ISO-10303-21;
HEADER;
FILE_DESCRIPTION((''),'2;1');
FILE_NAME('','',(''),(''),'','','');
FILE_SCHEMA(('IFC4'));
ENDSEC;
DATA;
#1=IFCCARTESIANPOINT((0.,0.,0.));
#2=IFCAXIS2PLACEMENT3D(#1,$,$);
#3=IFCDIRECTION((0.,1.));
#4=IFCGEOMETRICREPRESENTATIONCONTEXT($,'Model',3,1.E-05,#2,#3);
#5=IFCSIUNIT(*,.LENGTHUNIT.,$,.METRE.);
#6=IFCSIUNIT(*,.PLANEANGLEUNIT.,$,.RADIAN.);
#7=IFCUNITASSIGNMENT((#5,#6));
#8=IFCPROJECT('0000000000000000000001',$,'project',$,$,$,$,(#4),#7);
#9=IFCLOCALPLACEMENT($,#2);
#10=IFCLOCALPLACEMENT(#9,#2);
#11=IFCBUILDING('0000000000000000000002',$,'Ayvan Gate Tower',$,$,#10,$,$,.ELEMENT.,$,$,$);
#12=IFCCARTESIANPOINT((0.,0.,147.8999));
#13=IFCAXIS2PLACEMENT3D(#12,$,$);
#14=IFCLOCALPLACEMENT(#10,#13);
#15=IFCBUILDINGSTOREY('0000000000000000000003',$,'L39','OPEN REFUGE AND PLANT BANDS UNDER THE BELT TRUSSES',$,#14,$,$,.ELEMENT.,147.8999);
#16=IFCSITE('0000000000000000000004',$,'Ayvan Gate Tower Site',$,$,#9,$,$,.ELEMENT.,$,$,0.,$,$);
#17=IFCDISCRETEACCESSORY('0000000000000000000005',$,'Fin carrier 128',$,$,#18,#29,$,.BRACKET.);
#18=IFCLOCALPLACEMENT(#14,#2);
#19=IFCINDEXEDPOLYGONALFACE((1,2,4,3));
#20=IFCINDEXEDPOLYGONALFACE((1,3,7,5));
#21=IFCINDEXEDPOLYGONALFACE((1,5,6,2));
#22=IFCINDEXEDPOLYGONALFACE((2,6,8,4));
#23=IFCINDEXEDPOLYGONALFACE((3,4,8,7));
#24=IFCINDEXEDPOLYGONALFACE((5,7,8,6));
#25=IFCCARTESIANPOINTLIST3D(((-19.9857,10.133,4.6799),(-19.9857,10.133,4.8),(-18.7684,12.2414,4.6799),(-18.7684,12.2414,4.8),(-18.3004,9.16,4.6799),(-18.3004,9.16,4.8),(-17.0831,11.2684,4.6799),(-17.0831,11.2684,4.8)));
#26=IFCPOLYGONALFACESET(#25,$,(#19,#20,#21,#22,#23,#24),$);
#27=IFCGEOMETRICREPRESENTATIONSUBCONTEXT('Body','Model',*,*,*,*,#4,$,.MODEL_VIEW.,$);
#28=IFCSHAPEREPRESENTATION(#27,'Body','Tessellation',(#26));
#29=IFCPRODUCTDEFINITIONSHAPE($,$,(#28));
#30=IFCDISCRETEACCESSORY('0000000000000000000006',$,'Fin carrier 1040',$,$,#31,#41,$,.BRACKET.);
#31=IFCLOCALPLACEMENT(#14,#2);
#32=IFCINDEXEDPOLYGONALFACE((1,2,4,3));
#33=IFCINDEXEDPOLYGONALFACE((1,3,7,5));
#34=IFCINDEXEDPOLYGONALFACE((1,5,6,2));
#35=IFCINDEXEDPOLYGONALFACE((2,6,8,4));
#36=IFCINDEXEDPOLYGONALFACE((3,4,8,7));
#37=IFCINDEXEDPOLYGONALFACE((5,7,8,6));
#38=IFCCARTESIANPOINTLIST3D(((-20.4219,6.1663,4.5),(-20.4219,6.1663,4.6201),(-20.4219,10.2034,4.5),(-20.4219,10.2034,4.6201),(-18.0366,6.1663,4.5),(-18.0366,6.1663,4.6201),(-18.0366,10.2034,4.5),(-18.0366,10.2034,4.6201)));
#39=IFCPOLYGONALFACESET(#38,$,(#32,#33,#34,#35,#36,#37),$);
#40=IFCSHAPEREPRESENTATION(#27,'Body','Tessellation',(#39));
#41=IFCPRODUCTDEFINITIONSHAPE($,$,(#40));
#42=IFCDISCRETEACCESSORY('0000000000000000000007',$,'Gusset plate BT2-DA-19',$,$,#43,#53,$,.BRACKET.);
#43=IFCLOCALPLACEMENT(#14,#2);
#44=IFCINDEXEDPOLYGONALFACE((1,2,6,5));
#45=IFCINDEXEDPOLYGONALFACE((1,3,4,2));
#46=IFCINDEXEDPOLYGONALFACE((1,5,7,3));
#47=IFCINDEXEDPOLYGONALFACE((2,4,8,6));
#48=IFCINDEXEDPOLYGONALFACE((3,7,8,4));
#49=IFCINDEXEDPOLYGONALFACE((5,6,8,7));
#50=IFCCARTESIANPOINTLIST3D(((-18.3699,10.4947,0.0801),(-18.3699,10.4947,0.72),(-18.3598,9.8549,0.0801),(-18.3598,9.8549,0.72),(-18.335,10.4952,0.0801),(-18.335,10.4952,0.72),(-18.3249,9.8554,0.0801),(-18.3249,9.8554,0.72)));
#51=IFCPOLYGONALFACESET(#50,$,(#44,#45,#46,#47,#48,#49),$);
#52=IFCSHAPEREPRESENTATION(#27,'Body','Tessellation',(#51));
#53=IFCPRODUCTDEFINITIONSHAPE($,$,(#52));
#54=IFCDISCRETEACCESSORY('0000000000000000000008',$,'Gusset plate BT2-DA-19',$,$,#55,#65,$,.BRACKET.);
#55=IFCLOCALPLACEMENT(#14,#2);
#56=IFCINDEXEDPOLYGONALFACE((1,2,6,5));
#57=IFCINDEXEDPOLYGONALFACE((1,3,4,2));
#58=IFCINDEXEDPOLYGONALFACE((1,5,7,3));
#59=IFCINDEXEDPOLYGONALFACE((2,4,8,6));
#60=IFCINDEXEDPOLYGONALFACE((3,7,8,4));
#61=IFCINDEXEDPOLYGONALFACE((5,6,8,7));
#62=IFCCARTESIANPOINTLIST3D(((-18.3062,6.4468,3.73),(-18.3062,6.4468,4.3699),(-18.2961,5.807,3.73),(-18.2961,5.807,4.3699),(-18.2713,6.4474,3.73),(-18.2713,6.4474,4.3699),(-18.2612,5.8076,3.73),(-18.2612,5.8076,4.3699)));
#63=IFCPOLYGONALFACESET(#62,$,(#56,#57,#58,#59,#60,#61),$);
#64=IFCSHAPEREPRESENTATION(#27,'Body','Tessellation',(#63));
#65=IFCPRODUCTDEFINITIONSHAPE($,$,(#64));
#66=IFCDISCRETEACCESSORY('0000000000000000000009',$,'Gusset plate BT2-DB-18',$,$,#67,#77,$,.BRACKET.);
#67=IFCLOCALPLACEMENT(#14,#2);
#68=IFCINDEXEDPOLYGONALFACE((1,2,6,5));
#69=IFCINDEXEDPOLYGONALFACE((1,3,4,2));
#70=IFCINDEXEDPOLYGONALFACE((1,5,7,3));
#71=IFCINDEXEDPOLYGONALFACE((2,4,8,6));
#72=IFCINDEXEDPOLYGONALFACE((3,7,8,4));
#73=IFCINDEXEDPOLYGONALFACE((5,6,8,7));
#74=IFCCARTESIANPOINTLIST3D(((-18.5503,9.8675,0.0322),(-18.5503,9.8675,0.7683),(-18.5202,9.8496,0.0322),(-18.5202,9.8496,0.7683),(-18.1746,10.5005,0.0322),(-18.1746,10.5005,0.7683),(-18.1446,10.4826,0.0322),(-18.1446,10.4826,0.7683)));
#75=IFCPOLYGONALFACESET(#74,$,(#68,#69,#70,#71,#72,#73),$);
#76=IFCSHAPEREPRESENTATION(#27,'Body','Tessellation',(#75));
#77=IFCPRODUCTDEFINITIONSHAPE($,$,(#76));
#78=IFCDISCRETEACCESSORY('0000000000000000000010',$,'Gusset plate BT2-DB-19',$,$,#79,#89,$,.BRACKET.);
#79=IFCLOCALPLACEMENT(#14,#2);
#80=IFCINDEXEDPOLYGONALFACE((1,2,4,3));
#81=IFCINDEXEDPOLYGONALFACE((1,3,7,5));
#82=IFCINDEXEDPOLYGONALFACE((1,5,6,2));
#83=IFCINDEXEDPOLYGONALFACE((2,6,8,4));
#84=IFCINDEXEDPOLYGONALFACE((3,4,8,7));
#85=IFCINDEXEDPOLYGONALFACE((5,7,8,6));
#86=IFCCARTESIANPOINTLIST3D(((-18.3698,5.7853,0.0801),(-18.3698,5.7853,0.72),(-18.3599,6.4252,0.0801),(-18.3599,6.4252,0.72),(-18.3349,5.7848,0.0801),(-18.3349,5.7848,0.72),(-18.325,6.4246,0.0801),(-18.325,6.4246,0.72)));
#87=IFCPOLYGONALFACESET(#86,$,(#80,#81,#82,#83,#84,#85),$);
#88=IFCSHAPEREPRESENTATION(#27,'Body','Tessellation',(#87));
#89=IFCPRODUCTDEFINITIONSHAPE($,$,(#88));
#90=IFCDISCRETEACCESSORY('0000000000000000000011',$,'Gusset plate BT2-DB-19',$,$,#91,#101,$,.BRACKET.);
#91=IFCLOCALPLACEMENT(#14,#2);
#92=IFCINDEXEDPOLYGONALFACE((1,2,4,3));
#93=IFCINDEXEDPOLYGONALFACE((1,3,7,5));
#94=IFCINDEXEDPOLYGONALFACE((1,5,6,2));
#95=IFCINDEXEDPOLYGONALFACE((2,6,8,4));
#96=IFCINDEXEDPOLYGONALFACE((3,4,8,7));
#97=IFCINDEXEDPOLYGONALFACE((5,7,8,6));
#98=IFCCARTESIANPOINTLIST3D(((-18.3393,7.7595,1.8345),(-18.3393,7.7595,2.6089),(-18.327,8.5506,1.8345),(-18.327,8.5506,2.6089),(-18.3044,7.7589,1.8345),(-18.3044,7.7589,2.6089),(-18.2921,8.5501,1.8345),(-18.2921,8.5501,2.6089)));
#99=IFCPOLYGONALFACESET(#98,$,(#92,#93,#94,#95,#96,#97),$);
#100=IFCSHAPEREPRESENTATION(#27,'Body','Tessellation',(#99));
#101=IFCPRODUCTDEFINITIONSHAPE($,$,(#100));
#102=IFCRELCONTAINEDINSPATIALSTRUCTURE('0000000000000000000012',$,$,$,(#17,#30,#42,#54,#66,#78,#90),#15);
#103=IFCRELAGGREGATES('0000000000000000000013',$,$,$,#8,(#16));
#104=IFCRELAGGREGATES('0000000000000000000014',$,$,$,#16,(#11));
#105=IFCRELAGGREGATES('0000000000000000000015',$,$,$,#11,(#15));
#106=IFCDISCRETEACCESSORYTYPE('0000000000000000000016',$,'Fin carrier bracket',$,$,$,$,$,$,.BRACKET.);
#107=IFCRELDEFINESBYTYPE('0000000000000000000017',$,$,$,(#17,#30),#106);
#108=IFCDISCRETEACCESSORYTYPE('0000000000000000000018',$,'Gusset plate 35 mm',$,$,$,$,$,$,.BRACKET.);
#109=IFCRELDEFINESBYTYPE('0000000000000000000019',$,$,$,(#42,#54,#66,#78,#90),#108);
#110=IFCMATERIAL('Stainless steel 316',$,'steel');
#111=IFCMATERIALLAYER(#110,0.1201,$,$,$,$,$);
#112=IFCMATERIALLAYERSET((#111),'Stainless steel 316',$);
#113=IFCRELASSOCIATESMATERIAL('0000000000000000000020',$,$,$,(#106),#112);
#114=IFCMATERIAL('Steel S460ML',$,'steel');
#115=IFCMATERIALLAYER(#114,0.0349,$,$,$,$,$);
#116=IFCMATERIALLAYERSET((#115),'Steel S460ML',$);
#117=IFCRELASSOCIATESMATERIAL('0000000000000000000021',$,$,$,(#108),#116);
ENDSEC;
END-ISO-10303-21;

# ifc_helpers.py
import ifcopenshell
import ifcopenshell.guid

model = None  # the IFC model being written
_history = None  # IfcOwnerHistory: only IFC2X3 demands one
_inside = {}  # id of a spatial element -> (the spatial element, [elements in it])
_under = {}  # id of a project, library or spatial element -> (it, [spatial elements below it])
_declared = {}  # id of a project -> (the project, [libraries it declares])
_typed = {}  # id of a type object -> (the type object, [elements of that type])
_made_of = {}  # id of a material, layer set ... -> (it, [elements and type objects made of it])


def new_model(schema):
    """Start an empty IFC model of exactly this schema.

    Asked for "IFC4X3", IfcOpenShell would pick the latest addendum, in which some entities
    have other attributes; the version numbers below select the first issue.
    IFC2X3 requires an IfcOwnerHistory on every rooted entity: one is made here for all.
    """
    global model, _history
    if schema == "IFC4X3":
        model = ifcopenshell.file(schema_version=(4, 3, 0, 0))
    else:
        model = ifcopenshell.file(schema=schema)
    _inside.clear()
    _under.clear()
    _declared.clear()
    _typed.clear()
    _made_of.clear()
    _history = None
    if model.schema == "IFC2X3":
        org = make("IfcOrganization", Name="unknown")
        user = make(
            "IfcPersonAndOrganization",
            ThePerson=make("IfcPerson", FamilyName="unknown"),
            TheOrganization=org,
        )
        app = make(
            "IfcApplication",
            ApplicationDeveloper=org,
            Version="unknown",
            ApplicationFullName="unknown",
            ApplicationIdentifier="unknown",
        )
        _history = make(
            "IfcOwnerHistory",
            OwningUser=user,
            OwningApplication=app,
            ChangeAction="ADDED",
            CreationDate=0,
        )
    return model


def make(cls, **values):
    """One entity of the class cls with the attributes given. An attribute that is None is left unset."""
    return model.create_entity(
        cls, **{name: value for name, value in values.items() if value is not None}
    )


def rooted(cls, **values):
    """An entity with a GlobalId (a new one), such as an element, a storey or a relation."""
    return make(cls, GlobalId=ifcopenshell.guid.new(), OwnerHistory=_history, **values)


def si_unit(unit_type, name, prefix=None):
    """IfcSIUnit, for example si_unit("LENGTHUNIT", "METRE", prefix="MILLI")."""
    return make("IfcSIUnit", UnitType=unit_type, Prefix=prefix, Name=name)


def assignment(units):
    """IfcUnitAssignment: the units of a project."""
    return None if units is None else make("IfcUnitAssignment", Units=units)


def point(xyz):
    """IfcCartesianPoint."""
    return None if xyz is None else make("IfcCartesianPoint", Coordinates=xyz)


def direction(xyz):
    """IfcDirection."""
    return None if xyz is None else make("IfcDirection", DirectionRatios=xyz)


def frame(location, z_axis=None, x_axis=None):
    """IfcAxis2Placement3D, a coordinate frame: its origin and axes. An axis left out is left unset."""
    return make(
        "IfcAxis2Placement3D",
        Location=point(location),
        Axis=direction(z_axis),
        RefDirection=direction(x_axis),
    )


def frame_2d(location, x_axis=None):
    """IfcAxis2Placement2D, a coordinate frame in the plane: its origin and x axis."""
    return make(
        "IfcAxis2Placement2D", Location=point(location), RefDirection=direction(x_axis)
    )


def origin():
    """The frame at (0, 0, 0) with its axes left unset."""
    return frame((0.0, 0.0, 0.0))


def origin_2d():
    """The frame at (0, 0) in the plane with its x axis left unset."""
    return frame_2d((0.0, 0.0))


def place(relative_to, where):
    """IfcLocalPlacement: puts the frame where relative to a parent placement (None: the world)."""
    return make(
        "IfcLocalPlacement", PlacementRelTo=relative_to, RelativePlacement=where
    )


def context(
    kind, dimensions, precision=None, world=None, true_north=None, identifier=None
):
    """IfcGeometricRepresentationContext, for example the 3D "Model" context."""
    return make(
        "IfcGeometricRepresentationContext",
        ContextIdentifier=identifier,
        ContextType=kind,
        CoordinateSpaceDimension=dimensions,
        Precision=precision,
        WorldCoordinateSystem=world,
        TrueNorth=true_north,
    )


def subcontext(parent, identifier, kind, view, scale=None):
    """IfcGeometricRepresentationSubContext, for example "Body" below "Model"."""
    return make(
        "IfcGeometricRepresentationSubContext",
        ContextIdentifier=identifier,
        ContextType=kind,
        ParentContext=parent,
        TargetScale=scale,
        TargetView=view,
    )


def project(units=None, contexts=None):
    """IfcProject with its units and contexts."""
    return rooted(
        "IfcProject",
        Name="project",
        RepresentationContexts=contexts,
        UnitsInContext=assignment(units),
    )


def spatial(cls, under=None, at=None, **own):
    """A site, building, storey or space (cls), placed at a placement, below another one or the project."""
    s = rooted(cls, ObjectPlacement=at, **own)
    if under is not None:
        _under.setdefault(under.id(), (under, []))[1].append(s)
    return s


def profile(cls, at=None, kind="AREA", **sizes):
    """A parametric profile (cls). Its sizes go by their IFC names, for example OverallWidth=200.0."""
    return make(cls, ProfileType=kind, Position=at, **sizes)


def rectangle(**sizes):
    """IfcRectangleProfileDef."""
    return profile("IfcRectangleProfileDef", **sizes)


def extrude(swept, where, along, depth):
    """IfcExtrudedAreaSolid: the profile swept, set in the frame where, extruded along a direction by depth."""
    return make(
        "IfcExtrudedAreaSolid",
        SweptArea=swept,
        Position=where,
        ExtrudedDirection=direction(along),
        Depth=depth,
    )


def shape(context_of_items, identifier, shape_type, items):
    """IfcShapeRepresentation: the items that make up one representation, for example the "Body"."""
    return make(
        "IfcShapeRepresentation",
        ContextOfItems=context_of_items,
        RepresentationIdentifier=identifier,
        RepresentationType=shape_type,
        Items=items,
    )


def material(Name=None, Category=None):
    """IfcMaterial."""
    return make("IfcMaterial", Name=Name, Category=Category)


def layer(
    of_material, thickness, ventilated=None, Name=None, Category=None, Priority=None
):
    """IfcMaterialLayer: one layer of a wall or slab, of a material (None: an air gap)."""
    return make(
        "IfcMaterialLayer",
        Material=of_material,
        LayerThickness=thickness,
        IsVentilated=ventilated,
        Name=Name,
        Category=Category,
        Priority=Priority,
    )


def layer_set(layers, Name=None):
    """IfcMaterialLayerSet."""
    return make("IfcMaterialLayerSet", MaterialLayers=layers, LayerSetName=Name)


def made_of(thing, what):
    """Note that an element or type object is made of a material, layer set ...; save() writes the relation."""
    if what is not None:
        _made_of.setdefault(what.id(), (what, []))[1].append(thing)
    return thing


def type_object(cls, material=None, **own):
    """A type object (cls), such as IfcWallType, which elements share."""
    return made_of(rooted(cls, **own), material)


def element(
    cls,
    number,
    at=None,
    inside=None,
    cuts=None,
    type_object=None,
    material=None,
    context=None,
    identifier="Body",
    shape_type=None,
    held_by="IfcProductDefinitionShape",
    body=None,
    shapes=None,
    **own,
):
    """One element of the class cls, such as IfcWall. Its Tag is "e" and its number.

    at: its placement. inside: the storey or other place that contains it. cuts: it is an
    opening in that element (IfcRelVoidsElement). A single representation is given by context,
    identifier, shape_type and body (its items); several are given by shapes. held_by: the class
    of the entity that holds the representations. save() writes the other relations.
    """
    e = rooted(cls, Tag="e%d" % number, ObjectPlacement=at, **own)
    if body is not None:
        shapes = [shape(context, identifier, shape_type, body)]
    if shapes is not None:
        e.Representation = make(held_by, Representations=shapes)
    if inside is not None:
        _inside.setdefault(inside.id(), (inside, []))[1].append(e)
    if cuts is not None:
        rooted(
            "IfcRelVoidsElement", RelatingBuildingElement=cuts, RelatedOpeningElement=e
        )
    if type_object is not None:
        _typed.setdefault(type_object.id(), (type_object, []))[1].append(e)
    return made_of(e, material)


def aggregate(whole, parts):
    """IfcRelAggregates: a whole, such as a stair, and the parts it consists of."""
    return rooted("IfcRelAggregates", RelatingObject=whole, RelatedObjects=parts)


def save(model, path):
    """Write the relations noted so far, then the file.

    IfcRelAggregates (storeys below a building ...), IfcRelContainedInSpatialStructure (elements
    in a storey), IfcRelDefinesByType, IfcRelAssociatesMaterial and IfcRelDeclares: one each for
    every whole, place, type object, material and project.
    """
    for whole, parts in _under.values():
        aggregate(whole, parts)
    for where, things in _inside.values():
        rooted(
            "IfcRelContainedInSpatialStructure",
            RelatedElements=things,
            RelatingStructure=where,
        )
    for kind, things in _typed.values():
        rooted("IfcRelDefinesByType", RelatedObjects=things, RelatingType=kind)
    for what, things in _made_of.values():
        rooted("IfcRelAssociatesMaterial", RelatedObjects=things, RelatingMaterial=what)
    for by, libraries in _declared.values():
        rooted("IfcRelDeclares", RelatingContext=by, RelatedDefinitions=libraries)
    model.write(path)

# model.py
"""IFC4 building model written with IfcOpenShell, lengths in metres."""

from ifc_helpers import new_model, si_unit, direction, frame, origin, origin_2d, place, context, subcontext, project, spatial, rectangle, extrude, material, layer, layer_set, type_object, element, save


model = new_model("IFC4")

# Units and contexts
model_context = context("Model", 3, precision=1e-05, world=origin(), true_north=direction((0.0, 1.0)))
body_context = subcontext(model_context, "Body", "Model", "MODEL_VIEW")
ifc_project = project(units=[si_unit("LENGTHUNIT", "METRE"), si_unit("PLANEANGLEUNIT", "RADIAN")], contexts=[model_context])

# Site, building, storey
site_placement = place(None, origin())
site = spatial("IfcSite", under=ifc_project, at=site_placement, Name="Ayvan Gate Tower Site", CompositionType="ELEMENT", RefElevation=0.0)
building_placement = place(site_placement, origin())
building = spatial("IfcBuilding", under=site, at=building_placement, Name="Ayvan Gate Tower", CompositionType="ELEMENT")
storey_placement = place(building_placement, frame((0.0, 0.0, 147.8999)))
storey = spatial("IfcBuildingStorey", under=building, at=storey_placement, Name="L39", Description="OPEN REFUGE AND PLANT BANDS UNDER THE BELT TRUSSES", CompositionType="ELEMENT", Elevation=147.8999)

# Shared definitions
ifc_material_1 = material(Name="Steel S460ML", Category="steel")

# Discrete accessories
ifc_material_2 = material(Name="Stainless steel 316", Category="steel")
ifc_layer_1 = layer(ifc_material_2, 0.1201)
ifc_layer_set_1 = layer_set([ifc_layer_1], Name="Stainless steel 316")
discrete_accessory_type_1 = type_object("IfcDiscreteAccessoryType", Name="Fin carrier bracket", PredefinedType="BRACKET", material=ifc_layer_set_1)
discrete_accessory_1_placement = place(storey_placement, frame((-18.5344, 10.7007, 4.6799), z_axis=(0.0, 0.0, 1.0), x_axis=(-0.5, -0.866025, 0.0)))
element("IfcDiscreteAccessory", 1, at=discrete_accessory_1_placement, inside=storey, type_object=discrete_accessory_type_1, Name="Fin carrier 128", PredefinedType="BRACKET", context=body_context, shape_type="SweptSolid", body=[
    extrude(rectangle(XDim=2.4346, YDim=1.946, at=origin_2d()), origin(), (0.0, 0.0, 1.0), 0.1201),
])
discrete_accessory_2_placement = place(storey_placement, frame((-19.2292, 8.1848, 4.5), z_axis=(0.0, 0.0, 1.0), x_axis=(0.0, -1.0, 0.0)))
element("IfcDiscreteAccessory", 2, at=discrete_accessory_2_placement, inside=storey, type_object=discrete_accessory_type_1, Name="Fin carrier 1040", PredefinedType="BRACKET", context=body_context, shape_type="SweptSolid", body=[
    extrude(rectangle(XDim=4.0371, YDim=2.3853, at=origin_2d()), origin(), (0.0, 0.0, 1.0), 0.1201),
])
ifc_layer_2 = layer(ifc_material_1, 0.0349)
ifc_layer_set_2 = layer_set([ifc_layer_2], Name="Steel S460ML")
discrete_accessory_type_2 = type_object("IfcDiscreteAccessoryType", Name="Gusset plate 35 mm", PredefinedType="BRACKET", material=ifc_layer_set_2)
for number, where, z_axis, x_axis, name in (
    (3, (-18.3474, 10.175, 0.0801), (0.0, 0.0, 1.0), (-0.015737, 0.999876, 0.0), "Gusset plate BT2-DA-19"),
    (4, (-18.2837, 6.1272, 3.73), (0.0, 0.0, 1.0), (-0.015737, 0.999876, 0.0), "Gusset plate BT2-DA-19"),
):
    element("IfcDiscreteAccessory", number, at=place(storey_placement, frame(where, z_axis=z_axis, x_axis=x_axis)), inside=storey, type_object=discrete_accessory_type_2, Name=name, PredefinedType="BRACKET", context=body_context, shape_type="SweptSolid", body=[
        extrude(rectangle(XDim=0.6399, YDim=0.0349, at=origin_2d()), origin(), (0.0, 0.0, 1.0), 0.6399),
    ])
discrete_accessory_3_placement = place(storey_placement, frame((-18.3474, 10.175, 0.0322), z_axis=(0.0, 0.0, 1.0), x_axis=(0.510361, 0.85996, 0.0)))
element("IfcDiscreteAccessory", 5, at=discrete_accessory_3_placement, inside=storey, type_object=discrete_accessory_type_2, Name="Gusset plate BT2-DB-18", PredefinedType="BRACKET", context=body_context, shape_type="SweptSolid", body=[
    extrude(rectangle(XDim=0.7361, YDim=0.0349, at=origin_2d()), origin(), (0.0, 0.0, 1.0), 0.7361),
])
discrete_accessory_4_placement = place(storey_placement, frame((-18.3474, 6.105, 0.0801), z_axis=(0.0, 0.0, 1.0), x_axis=(0.015512, 0.99988, 0.0)))
element("IfcDiscreteAccessory", 6, at=discrete_accessory_4_placement, inside=storey, type_object=discrete_accessory_type_2, Name="Gusset plate BT2-DB-19", PredefinedType="BRACKET", context=body_context, shape_type="SweptSolid", body=[
    extrude(rectangle(XDim=0.6399, YDim=0.0349, at=origin_2d()), origin(), (0.0, 0.0, 1.0), 0.6399),
])
discrete_accessory_5_placement = place(storey_placement, frame((-18.3157, 8.1548, 1.8345), z_axis=(0.0, 0.0, 1.0), x_axis=(0.015512, 0.99988, 0.0)))
element("IfcDiscreteAccessory", 7, at=discrete_accessory_5_placement, inside=storey, type_object=discrete_accessory_type_2, Name="Gusset plate BT2-DB-19", PredefinedType="BRACKET", context=body_context, shape_type="SweptSolid", body=[
    extrude(rectangle(XDim=0.7913, YDim=0.0349, at=origin_2d()), origin(), (0.0, 0.0, 1.0), 0.7744),
])

save(model, "model.ifc")
